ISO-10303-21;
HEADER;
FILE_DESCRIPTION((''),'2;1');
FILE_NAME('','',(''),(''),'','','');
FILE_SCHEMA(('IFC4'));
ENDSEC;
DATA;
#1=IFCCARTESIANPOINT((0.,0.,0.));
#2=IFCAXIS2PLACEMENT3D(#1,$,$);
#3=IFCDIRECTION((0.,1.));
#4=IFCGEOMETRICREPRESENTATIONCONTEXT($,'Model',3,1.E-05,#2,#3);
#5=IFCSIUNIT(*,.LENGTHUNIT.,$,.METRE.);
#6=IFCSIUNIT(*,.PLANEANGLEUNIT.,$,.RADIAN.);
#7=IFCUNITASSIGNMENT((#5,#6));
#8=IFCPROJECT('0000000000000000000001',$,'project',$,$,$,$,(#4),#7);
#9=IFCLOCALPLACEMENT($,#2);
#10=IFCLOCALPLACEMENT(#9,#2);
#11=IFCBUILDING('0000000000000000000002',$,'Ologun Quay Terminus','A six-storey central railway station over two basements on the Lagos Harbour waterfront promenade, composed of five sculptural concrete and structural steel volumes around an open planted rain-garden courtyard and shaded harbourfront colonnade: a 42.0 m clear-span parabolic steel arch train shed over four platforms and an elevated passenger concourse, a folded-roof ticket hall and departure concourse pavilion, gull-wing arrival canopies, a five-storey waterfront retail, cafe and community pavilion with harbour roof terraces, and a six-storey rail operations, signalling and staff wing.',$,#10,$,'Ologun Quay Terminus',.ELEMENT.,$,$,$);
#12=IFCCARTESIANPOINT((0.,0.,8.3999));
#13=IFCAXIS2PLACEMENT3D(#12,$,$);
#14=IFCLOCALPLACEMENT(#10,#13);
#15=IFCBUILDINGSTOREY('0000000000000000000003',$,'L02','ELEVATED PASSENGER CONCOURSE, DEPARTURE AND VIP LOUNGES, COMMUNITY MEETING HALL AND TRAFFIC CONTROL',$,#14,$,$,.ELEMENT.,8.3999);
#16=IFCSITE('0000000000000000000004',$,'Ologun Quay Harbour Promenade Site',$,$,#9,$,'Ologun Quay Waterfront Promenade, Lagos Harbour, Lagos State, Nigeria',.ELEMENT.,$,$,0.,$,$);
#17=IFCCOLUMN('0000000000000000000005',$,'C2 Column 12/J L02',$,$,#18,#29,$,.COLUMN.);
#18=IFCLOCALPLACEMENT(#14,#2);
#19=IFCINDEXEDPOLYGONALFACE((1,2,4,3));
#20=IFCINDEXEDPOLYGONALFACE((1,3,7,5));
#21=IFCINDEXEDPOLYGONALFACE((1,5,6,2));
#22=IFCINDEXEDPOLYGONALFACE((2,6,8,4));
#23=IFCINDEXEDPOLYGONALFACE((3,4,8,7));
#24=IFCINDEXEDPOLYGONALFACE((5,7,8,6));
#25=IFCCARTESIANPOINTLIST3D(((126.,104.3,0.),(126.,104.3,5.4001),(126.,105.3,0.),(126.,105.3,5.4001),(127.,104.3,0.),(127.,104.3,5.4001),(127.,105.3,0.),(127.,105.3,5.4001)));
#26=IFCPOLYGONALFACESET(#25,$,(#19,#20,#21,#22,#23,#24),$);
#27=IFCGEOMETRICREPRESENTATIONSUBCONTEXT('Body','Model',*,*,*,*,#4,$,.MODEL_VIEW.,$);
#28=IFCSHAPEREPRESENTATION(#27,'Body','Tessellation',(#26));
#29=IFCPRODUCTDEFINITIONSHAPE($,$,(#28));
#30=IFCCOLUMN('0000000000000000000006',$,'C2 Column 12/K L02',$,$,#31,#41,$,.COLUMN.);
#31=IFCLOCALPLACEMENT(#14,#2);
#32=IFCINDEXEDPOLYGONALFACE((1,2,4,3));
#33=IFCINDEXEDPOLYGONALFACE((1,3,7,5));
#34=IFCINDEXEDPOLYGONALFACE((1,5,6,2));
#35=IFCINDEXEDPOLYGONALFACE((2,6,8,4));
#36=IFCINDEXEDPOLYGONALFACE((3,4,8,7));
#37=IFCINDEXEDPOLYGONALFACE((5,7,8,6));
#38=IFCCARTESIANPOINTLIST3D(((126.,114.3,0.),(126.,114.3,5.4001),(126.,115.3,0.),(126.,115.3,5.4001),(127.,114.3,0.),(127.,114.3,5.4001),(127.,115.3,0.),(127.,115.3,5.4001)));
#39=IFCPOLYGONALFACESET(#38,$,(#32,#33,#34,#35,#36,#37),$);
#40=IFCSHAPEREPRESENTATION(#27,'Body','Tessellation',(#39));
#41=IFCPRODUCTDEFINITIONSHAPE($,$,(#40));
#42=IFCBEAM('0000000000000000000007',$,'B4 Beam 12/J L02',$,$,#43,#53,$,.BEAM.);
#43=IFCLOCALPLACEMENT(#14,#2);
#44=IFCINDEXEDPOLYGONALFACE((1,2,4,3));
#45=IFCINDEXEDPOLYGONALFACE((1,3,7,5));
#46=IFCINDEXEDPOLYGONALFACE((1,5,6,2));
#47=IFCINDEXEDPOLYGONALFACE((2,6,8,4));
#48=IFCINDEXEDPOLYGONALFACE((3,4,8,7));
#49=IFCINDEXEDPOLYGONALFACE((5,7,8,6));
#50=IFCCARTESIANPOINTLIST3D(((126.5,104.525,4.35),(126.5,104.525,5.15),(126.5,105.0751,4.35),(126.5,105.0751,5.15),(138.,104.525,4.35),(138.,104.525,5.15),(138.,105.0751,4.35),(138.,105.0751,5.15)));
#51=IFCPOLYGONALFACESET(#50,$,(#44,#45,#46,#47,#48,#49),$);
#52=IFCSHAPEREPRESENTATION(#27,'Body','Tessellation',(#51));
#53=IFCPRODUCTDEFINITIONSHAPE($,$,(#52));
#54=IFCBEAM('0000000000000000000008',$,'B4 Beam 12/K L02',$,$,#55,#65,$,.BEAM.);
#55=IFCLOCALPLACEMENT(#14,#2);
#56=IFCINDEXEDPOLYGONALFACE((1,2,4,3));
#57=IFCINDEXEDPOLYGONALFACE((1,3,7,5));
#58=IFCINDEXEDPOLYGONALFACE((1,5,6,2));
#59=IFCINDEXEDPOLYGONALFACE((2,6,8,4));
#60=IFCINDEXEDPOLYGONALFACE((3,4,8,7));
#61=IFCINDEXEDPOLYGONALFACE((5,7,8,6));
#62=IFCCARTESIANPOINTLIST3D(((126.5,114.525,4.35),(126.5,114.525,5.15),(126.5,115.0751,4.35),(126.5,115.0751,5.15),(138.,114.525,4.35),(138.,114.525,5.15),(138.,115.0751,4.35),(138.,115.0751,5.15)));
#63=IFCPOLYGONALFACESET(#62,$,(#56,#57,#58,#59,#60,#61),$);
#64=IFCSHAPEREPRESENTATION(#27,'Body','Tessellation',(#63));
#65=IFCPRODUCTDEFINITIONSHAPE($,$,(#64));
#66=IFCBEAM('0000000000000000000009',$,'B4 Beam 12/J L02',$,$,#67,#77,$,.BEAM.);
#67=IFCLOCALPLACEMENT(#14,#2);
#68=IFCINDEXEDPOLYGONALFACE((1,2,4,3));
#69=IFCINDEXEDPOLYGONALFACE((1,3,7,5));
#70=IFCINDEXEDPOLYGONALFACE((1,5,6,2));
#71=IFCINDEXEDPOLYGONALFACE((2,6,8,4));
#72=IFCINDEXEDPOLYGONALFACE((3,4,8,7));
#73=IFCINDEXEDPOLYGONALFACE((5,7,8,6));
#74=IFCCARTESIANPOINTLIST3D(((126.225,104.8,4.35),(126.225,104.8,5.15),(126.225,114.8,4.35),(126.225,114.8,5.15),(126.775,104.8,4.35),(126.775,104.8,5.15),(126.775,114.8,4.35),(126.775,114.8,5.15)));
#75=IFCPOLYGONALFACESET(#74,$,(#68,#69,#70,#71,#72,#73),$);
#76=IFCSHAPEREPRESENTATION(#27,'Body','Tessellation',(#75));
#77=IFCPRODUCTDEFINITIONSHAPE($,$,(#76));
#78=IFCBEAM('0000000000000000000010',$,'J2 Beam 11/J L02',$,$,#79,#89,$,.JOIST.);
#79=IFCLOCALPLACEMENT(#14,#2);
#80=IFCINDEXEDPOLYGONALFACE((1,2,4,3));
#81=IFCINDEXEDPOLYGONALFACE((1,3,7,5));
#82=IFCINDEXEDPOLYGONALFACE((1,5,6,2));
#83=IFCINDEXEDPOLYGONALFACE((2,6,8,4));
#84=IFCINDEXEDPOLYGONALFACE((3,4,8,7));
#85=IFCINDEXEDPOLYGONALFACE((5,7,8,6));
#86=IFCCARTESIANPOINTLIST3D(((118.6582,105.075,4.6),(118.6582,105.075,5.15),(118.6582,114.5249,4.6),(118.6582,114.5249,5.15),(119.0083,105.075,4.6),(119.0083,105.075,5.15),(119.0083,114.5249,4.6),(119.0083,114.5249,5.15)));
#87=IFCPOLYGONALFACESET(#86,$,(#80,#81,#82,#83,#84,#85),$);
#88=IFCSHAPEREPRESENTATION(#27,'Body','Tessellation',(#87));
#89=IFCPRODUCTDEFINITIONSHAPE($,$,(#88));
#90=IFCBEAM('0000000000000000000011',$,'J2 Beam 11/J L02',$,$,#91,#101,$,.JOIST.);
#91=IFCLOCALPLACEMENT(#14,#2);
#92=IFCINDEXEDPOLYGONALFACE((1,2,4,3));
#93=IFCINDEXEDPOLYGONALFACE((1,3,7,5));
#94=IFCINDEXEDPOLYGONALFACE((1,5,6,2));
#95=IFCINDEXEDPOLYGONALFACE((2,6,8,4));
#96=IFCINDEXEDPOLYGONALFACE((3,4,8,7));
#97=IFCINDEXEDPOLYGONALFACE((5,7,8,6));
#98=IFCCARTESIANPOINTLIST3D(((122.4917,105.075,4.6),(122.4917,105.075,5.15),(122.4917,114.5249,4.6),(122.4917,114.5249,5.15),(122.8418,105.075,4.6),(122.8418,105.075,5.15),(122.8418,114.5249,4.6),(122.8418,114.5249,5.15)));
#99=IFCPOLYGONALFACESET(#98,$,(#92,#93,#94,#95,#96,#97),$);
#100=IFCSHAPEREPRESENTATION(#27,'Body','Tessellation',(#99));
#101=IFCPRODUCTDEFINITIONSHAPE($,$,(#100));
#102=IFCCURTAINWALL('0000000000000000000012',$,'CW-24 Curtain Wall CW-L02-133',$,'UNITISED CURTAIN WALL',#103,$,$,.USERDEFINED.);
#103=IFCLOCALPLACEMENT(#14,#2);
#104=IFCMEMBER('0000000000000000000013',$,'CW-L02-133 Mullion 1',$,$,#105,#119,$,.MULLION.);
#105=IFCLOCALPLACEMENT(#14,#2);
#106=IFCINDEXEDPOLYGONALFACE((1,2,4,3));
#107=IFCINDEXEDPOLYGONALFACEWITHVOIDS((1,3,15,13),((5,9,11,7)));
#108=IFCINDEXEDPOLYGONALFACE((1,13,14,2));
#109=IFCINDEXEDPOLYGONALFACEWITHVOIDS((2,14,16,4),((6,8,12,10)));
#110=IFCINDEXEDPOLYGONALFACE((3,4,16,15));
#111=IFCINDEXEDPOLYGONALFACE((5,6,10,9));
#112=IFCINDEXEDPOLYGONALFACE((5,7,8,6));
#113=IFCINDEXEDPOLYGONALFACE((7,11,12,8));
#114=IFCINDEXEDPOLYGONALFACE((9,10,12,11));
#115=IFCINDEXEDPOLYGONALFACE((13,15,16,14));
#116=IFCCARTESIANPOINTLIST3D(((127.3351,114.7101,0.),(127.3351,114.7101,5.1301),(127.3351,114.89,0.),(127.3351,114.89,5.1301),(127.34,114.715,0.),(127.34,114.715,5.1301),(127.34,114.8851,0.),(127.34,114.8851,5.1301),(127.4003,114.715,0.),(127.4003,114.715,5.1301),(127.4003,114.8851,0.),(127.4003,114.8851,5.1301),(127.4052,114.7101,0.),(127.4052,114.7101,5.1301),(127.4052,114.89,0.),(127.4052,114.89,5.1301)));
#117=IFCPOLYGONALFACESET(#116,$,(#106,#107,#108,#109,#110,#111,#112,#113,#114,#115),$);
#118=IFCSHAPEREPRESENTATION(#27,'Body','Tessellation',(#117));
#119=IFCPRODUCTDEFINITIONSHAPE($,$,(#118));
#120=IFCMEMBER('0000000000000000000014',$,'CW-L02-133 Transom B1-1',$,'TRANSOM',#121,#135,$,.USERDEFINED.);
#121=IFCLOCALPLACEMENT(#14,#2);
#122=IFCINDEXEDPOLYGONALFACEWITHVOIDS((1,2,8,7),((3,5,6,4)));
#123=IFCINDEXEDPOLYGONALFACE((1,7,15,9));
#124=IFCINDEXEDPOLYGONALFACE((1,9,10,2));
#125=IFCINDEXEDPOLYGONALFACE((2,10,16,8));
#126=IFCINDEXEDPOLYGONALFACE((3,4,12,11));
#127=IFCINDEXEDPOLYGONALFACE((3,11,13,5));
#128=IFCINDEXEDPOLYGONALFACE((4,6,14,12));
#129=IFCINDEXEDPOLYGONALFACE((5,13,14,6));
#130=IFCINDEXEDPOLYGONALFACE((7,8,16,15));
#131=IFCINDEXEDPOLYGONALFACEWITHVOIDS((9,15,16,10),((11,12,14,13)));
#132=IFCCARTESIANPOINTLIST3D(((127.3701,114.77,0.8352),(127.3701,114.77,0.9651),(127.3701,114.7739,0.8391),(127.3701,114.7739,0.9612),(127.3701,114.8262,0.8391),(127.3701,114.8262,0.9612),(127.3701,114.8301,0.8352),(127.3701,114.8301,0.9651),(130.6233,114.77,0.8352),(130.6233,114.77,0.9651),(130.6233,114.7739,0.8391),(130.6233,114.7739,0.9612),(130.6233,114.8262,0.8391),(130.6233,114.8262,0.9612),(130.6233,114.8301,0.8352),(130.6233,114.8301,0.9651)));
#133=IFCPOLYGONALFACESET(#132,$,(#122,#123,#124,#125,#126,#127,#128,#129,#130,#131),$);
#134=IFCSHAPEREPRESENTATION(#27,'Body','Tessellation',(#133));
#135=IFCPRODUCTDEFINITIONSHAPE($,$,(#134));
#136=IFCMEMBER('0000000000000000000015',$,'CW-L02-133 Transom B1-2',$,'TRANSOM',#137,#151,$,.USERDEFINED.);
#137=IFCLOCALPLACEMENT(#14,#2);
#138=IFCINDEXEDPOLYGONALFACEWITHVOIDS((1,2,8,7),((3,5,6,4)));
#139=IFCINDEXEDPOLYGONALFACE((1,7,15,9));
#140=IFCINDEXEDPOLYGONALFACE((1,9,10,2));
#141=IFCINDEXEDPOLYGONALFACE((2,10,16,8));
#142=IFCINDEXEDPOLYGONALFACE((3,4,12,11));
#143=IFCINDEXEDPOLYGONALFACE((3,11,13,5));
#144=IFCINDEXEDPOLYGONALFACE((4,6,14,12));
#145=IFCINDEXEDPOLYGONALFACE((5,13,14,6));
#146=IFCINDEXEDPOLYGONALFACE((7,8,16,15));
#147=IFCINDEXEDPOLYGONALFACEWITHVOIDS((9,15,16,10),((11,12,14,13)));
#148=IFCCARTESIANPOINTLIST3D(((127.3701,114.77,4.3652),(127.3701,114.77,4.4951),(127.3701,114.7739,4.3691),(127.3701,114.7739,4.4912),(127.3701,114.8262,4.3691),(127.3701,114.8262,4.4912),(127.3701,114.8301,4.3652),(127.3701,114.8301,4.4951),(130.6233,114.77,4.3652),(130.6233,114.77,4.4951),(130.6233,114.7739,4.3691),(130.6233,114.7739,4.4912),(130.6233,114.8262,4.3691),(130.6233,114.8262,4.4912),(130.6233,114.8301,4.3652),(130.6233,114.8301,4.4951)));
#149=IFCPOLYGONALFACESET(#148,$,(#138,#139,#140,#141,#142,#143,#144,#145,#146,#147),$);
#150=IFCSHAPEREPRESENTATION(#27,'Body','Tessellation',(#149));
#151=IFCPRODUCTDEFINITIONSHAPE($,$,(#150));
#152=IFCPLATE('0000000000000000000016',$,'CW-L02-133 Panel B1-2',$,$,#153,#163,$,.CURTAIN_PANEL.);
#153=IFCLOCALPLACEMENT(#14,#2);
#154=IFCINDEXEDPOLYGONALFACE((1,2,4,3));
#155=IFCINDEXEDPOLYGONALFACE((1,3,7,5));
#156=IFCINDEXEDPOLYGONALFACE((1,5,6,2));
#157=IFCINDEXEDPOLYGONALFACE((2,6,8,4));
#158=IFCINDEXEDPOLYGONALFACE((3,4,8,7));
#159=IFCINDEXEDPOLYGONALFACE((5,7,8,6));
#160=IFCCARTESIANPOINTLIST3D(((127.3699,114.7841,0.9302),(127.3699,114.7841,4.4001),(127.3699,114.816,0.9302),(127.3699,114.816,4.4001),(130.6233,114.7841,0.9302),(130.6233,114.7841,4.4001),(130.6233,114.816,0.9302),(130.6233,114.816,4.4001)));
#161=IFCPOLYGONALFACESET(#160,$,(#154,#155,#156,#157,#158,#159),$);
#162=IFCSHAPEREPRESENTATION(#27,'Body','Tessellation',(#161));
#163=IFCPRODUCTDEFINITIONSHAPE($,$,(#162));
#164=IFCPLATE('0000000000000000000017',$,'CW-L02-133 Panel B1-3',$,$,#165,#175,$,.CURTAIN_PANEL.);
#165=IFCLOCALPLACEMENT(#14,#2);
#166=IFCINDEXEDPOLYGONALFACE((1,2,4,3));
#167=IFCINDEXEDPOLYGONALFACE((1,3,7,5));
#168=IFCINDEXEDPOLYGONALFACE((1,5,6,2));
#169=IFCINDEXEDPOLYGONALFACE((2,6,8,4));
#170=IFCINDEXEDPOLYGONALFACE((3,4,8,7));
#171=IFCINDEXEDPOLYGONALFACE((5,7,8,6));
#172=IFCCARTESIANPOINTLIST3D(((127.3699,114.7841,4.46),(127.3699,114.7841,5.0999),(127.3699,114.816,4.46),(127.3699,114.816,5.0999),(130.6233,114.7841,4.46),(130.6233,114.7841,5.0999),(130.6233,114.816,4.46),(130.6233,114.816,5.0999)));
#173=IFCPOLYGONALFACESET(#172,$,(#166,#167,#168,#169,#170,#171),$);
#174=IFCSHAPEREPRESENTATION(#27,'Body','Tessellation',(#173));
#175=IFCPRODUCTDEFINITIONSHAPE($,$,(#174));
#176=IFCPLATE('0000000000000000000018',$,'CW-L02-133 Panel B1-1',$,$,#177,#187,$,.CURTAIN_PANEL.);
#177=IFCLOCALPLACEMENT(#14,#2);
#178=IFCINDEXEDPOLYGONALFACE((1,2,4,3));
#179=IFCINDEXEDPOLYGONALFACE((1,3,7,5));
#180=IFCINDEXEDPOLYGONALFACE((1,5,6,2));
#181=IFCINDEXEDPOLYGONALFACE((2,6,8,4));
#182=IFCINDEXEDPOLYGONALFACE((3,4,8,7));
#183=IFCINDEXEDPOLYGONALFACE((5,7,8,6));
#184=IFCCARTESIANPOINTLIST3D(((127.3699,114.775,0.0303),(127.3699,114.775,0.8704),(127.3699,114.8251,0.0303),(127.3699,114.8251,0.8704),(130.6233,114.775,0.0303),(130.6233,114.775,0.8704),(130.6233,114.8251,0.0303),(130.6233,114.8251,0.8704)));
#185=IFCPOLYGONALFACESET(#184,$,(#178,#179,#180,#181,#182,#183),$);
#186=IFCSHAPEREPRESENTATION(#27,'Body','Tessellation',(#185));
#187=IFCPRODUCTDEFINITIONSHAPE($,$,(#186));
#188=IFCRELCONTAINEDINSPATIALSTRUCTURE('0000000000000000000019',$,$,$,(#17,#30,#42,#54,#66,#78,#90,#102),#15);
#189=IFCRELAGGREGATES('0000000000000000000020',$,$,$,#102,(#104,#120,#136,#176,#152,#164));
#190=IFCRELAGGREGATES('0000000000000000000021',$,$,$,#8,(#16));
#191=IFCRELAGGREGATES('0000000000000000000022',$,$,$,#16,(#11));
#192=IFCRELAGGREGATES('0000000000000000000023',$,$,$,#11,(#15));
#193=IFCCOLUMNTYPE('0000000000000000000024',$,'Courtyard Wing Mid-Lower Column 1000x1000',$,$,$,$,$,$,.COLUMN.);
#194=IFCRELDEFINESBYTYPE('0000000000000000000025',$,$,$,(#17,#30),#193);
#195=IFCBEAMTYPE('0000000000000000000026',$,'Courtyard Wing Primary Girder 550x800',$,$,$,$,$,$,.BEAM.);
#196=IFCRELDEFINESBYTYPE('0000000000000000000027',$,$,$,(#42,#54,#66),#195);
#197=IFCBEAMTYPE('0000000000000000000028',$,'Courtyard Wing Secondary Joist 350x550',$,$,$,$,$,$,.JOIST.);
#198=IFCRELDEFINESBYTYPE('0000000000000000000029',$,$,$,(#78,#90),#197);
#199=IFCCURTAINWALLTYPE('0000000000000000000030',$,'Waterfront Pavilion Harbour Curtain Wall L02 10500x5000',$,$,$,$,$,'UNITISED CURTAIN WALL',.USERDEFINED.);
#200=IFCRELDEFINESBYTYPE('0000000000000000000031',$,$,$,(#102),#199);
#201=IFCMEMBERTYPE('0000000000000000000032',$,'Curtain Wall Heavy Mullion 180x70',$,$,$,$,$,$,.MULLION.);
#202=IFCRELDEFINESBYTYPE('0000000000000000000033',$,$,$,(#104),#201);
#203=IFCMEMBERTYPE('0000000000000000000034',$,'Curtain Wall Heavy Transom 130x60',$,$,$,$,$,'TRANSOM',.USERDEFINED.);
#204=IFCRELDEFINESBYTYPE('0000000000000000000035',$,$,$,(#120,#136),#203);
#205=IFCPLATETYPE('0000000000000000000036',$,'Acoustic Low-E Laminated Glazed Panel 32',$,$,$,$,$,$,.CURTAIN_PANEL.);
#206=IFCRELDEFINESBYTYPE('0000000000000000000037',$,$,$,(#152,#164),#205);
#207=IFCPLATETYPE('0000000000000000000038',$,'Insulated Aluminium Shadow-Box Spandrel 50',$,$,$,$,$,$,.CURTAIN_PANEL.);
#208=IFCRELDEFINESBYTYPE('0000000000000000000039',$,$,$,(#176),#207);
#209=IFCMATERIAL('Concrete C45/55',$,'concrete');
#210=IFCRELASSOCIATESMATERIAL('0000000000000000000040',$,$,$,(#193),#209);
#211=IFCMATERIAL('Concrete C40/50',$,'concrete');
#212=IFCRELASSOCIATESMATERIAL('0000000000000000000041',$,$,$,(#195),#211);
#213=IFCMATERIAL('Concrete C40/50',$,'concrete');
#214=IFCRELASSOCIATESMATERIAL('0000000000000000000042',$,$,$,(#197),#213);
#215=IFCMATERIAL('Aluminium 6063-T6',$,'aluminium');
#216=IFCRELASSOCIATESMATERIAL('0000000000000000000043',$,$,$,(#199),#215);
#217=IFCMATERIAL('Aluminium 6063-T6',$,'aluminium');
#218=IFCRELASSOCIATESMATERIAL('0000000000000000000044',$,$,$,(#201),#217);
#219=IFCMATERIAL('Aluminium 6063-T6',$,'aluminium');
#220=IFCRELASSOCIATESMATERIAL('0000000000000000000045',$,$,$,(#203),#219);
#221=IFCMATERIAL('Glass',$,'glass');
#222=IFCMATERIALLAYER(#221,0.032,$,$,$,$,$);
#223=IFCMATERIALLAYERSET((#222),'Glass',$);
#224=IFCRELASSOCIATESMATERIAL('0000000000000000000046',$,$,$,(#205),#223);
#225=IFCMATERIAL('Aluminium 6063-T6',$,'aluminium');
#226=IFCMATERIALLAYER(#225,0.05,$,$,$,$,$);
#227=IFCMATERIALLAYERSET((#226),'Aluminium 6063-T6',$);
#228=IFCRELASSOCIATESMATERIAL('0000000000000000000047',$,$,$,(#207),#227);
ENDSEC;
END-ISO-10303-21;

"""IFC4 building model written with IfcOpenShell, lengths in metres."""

from ifc_helpers import new_model, si_unit, direction, frame, origin, origin_2d, place, context, subcontext, project, spatial, rectangle, hollow_rectangle, extrude, material, layer, layer_set, material_profile, profile_set, type_object, element, aggregate, save


model = new_model("IFC4")

# Units and contexts
model_context = context("Model", 3, precision=1e-05, world=origin(), true_north=direction((0.0, 1.0)))
body_context = subcontext(model_context, "Body", "Model", "MODEL_VIEW")
ifc_project = project(units=[si_unit("LENGTHUNIT", "METRE"), si_unit("PLANEANGLEUNIT", "RADIAN")], contexts=[model_context])

# Site, building, storey
site_placement = place(None, origin())
site = spatial("IfcSite", under=ifc_project, at=site_placement, Name="Ologun Quay Harbour Promenade Site", LongName="Ologun Quay Waterfront Promenade, Lagos Harbour, Lagos State, Nigeria", CompositionType="ELEMENT", RefElevation=0.0)
building_placement = place(site_placement, origin())
building = spatial("IfcBuilding", under=site, at=building_placement, Name="Ologun Quay Terminus", Description="A six-storey central railway station over two basements on the Lagos Harbour waterfront promenade, composed of five sculptural concrete and structural steel volumes around an open planted rain-garden courtyard and shaded harbourfront colonnade: a 42.0 m clear-span parabolic steel arch train shed over four platforms and an elevated passenger concourse, a folded-roof ticket hall and departure concourse pavilion, gull-wing arrival canopies, a five-storey waterfront retail, cafe and community pavilion with harbour roof terraces, and a six-storey rail operations, signalling and staff wing.", LongName="Ologun Quay Terminus", CompositionType="ELEMENT")
storey_placement = place(building_placement, frame((0.0, 0.0, 8.3999)))
storey = spatial("IfcBuildingStorey", under=building, at=storey_placement, Name="L02", Description="ELEVATED PASSENGER CONCOURSE, DEPARTURE AND VIP LOUNGES, COMMUNITY MEETING HALL AND TRAFFIC CONTROL", CompositionType="ELEMENT", Elevation=8.3999)

# Columns
ifc_material_1 = material(Name="Concrete C45/55", Category="concrete")
ifc_material_profile_1 = material_profile(ifc_material_1, rectangle(XDim=1.0, YDim=1.0, at=origin_2d()), Name="RC 1000x1000")
ifc_profile_set_1 = profile_set([ifc_material_profile_1], Name="Concrete C45/55")
column_type = type_object("IfcColumnType", Name="Courtyard Wing Mid-Lower Column 1000x1000", PredefinedType="COLUMN", material=ifc_profile_set_1)
for number, where, z_axis, x_axis, name in (
    (1, (126.5, 104.8, 0.0), (0.0, 0.0, 1.0), (1.0, 0.0, 0.0), "C2 Column 12/J L02"),
    (2, (126.5, 114.8, 0.0), (0.0, 0.0, 1.0), (1.0, 0.0, 0.0), "C2 Column 12/K L02"),
):
    element("IfcColumn", number, at=place(storey_placement, frame(where, z_axis=z_axis, x_axis=x_axis)), inside=storey, type_object=column_type, Name=name, PredefinedType="COLUMN", context=body_context, shape_type="SweptSolid", body=[
        extrude(rectangle(XDim=1.0, YDim=1.0, at=origin_2d()), origin(), (0.0, 0.0, 1.0), 5.4001),
    ])

# Beams
ifc_material_2 = material(Name="Concrete C40/50", Category="concrete")
ifc_material_profile_2 = material_profile(ifc_material_2, rectangle(XDim=0.55, YDim=0.8, at=origin_2d()), Name="RC 550x800")
ifc_profile_set_2 = profile_set([ifc_material_profile_2], Name="Concrete C40/50")
beam_type_1 = type_object("IfcBeamType", Name="Courtyard Wing Primary Girder 550x800", PredefinedType="BEAM", material=ifc_profile_set_2)
for number, where, z_axis, x_axis, name in (
    (3, (126.5, 104.8, 4.75), (1.0, 0.0, 0.0), (0.0, 1.0, 0.0), "B4 Beam 12/J L02"),
    (4, (126.5, 114.8, 4.75), (1.0, 0.0, 0.0), (0.0, 1.0, 0.0), "B4 Beam 12/K L02"),
):
    element("IfcBeam", number, at=place(storey_placement, frame(where, z_axis=z_axis, x_axis=x_axis)), inside=storey, type_object=beam_type_1, Name=name, PredefinedType="BEAM", context=body_context, shape_type="SweptSolid", body=[
        extrude(rectangle(XDim=0.55, YDim=0.8, at=origin_2d()), origin(), (0.0, 0.0, 1.0), 11.5),
    ])
beam_placement = place(storey_placement, frame((126.5, 104.8, 4.75), z_axis=(0.0, 1.0, 0.0), x_axis=(-1.0, 0.0, 0.0)))
element("IfcBeam", 5, at=beam_placement, inside=storey, type_object=beam_type_1, Name="B4 Beam 12/J L02", PredefinedType="BEAM", context=body_context, shape_type="SweptSolid", body=[
    extrude(rectangle(XDim=0.55, YDim=0.8, at=origin_2d()), origin(), (0.0, 0.0, 1.0), 10.0),
])
ifc_material_3 = material(Name="Concrete C40/50", Category="concrete")
ifc_material_profile_3 = material_profile(ifc_material_3, rectangle(XDim=0.3501, YDim=0.55, at=origin_2d()), Name="RC 350x550")
ifc_profile_set_3 = profile_set([ifc_material_profile_3], Name="Concrete C40/50")
beam_type_2 = type_object("IfcBeamType", Name="Courtyard Wing Secondary Joist 350x550", PredefinedType="JOIST", material=ifc_profile_set_3)
for number, where, z_axis, x_axis, name in (
    (6, (118.8333, 105.075, 4.875), (0.0, 1.0, 0.0), (-1.0, 0.0, 0.0), "J2 Beam 11/J L02"),
    (7, (122.6667, 105.075, 4.875), (0.0, 1.0, 0.0), (-1.0, 0.0, 0.0), "J2 Beam 11/J L02"),
):
    element("IfcBeam", number, at=place(storey_placement, frame(where, z_axis=z_axis, x_axis=x_axis)), inside=storey, type_object=beam_type_2, Name=name, PredefinedType="JOIST", context=body_context, shape_type="SweptSolid", body=[
        extrude(rectangle(XDim=0.3501, YDim=0.55, at=origin_2d()), origin(), (0.0, 0.0, 1.0), 9.45),
    ])

# Curtain wall, members, plates
ifc_material_4 = material(Name="Aluminium 6063-T6", Category="aluminium")
curtain_wall_type = type_object("IfcCurtainWallType", Name="Waterfront Pavilion Harbour Curtain Wall L02 10500x5000", ElementType="UNITISED CURTAIN WALL", PredefinedType="USERDEFINED", material=ifc_material_4)
curtain_wall_placement = place(storey_placement, origin())
curtain_wall = element("IfcCurtainWall", 8, at=curtain_wall_placement, inside=storey, type_object=curtain_wall_type, Name="CW-24 Curtain Wall CW-L02-133", ObjectType="UNITISED CURTAIN WALL", PredefinedType="USERDEFINED")
ifc_material_5 = material(Name="Aluminium 6063-T6", Category="aluminium")
ifc_material_profile_4 = material_profile(ifc_material_5, hollow_rectangle(XDim=0.0701, YDim=0.1799, WallThickness=0.0049, at=origin_2d()), Name="ALU 180x70x5")
ifc_profile_set_4 = profile_set([ifc_material_profile_4], Name="Aluminium 6063-T6")
member_type_1 = type_object("IfcMemberType", Name="Curtain Wall Heavy Mullion 180x70", PredefinedType="MULLION", material=ifc_profile_set_4)
member_1_placement = place(storey_placement, frame((127.3701, 114.8, 0.0), z_axis=(0.0, 0.0, 1.0), x_axis=(1.0, 0.0, 0.0)))
member_1 = element("IfcMember", 9, at=member_1_placement, type_object=member_type_1, Name="CW-L02-133 Mullion 1", PredefinedType="MULLION", context=body_context, shape_type="SweptSolid", body=[
    extrude(hollow_rectangle(XDim=0.0701, YDim=0.1799, WallThickness=0.0049, at=origin_2d()), origin(), (0.0, 0.0, 1.0), 5.1301),
])
ifc_material_6 = material(Name="Aluminium 6063-T6", Category="aluminium")
ifc_material_profile_5 = material_profile(ifc_material_6, hollow_rectangle(XDim=0.0601, YDim=0.1299, WallThickness=0.0039, at=origin_2d()), Name="ALU 130x60x4")
ifc_profile_set_5 = profile_set([ifc_material_profile_5], Name="Aluminium 6063-T6")
member_type_2 = type_object("IfcMemberType", Name="Curtain Wall Heavy Transom 130x60", ElementType="TRANSOM", PredefinedType="USERDEFINED", material=ifc_profile_set_5)
member_2_placement = place(storey_placement, frame((127.3701, 114.8, 0.9001), z_axis=(1.0, 0.0, 0.0), x_axis=(0.0, 1.0, 0.0)))
member_2 = element("IfcMember", 10, at=member_2_placement, type_object=member_type_2, Name="CW-L02-133 Transom B1-1", ObjectType="TRANSOM", PredefinedType="USERDEFINED", context=body_context, shape_type="SweptSolid", body=[
    extrude(hollow_rectangle(XDim=0.0601, YDim=0.1299, WallThickness=0.0039, at=origin_2d()), origin(), (0.0, 0.0, 1.0), 3.2532),
])
member_3_placement = place(storey_placement, frame((127.3701, 114.8, 4.4302), z_axis=(1.0, 0.0, 0.0), x_axis=(0.0, 1.0, 0.0)))
member_3 = element("IfcMember", 11, at=member_3_placement, type_object=member_type_2, Name="CW-L02-133 Transom B1-2", ObjectType="TRANSOM", PredefinedType="USERDEFINED", context=body_context, shape_type="SweptSolid", body=[
    extrude(hollow_rectangle(XDim=0.0601, YDim=0.1299, WallThickness=0.0039, at=origin_2d()), origin(), (0.0, 0.0, 1.0), 3.2532),
])
ifc_material_7 = material(Name="Glass", Category="glass")
ifc_layer_1 = layer(ifc_material_7, 0.032)
ifc_layer_set_1 = layer_set([ifc_layer_1], Name="Glass")
plate_type_1 = type_object("IfcPlateType", Name="Acoustic Low-E Laminated Glazed Panel 32", PredefinedType="CURTAIN_PANEL", material=ifc_layer_set_1)
plate_1_placement = place(storey_placement, frame((128.9966, 114.8, 0.9302), z_axis=(0.0, 0.0, 1.0), x_axis=(1.0, 0.0, 0.0)))
plate_1 = element("IfcPlate", 12, at=plate_1_placement, type_object=plate_type_1, Name="CW-L02-133 Panel B1-2", PredefinedType="CURTAIN_PANEL", context=body_context, shape_type="SweptSolid", body=[
    extrude(rectangle(XDim=3.2534, YDim=0.032, at=origin_2d()), origin(), (0.0, 0.0, 1.0), 3.47),
])
plate_2_placement = place(storey_placement, frame((128.9966, 114.8, 4.46), z_axis=(0.0, 0.0, 1.0), x_axis=(1.0, 0.0, 0.0)))
plate_2 = element("IfcPlate", 13, at=plate_2_placement, type_object=plate_type_1, Name="CW-L02-133 Panel B1-3", PredefinedType="CURTAIN_PANEL", context=body_context, shape_type="SweptSolid", body=[
    extrude(rectangle(XDim=3.2534, YDim=0.032, at=origin_2d()), origin(), (0.0, 0.0, 1.0), 0.6399),
])
ifc_material_8 = material(Name="Aluminium 6063-T6", Category="aluminium")
ifc_layer_2 = layer(ifc_material_8, 0.05)
ifc_layer_set_2 = layer_set([ifc_layer_2], Name="Aluminium 6063-T6")
plate_type_2 = type_object("IfcPlateType", Name="Insulated Aluminium Shadow-Box Spandrel 50", PredefinedType="CURTAIN_PANEL", material=ifc_layer_set_2)
plate_3_placement = place(storey_placement, frame((128.9966, 114.8, 0.0303), z_axis=(0.0, 0.0, 1.0), x_axis=(1.0, 0.0, 0.0)))
plate_3 = element("IfcPlate", 14, at=plate_3_placement, type_object=plate_type_2, Name="CW-L02-133 Panel B1-1", PredefinedType="CURTAIN_PANEL", context=body_context, shape_type="SweptSolid", body=[
    extrude(rectangle(XDim=3.2534, YDim=0.05, at=origin_2d()), origin(), (0.0, 0.0, 1.0), 0.8401),
])
aggregate(curtain_wall, [member_1, member_2, member_3, plate_3, plate_1, plate_2])

save(model, "model.ifc")
